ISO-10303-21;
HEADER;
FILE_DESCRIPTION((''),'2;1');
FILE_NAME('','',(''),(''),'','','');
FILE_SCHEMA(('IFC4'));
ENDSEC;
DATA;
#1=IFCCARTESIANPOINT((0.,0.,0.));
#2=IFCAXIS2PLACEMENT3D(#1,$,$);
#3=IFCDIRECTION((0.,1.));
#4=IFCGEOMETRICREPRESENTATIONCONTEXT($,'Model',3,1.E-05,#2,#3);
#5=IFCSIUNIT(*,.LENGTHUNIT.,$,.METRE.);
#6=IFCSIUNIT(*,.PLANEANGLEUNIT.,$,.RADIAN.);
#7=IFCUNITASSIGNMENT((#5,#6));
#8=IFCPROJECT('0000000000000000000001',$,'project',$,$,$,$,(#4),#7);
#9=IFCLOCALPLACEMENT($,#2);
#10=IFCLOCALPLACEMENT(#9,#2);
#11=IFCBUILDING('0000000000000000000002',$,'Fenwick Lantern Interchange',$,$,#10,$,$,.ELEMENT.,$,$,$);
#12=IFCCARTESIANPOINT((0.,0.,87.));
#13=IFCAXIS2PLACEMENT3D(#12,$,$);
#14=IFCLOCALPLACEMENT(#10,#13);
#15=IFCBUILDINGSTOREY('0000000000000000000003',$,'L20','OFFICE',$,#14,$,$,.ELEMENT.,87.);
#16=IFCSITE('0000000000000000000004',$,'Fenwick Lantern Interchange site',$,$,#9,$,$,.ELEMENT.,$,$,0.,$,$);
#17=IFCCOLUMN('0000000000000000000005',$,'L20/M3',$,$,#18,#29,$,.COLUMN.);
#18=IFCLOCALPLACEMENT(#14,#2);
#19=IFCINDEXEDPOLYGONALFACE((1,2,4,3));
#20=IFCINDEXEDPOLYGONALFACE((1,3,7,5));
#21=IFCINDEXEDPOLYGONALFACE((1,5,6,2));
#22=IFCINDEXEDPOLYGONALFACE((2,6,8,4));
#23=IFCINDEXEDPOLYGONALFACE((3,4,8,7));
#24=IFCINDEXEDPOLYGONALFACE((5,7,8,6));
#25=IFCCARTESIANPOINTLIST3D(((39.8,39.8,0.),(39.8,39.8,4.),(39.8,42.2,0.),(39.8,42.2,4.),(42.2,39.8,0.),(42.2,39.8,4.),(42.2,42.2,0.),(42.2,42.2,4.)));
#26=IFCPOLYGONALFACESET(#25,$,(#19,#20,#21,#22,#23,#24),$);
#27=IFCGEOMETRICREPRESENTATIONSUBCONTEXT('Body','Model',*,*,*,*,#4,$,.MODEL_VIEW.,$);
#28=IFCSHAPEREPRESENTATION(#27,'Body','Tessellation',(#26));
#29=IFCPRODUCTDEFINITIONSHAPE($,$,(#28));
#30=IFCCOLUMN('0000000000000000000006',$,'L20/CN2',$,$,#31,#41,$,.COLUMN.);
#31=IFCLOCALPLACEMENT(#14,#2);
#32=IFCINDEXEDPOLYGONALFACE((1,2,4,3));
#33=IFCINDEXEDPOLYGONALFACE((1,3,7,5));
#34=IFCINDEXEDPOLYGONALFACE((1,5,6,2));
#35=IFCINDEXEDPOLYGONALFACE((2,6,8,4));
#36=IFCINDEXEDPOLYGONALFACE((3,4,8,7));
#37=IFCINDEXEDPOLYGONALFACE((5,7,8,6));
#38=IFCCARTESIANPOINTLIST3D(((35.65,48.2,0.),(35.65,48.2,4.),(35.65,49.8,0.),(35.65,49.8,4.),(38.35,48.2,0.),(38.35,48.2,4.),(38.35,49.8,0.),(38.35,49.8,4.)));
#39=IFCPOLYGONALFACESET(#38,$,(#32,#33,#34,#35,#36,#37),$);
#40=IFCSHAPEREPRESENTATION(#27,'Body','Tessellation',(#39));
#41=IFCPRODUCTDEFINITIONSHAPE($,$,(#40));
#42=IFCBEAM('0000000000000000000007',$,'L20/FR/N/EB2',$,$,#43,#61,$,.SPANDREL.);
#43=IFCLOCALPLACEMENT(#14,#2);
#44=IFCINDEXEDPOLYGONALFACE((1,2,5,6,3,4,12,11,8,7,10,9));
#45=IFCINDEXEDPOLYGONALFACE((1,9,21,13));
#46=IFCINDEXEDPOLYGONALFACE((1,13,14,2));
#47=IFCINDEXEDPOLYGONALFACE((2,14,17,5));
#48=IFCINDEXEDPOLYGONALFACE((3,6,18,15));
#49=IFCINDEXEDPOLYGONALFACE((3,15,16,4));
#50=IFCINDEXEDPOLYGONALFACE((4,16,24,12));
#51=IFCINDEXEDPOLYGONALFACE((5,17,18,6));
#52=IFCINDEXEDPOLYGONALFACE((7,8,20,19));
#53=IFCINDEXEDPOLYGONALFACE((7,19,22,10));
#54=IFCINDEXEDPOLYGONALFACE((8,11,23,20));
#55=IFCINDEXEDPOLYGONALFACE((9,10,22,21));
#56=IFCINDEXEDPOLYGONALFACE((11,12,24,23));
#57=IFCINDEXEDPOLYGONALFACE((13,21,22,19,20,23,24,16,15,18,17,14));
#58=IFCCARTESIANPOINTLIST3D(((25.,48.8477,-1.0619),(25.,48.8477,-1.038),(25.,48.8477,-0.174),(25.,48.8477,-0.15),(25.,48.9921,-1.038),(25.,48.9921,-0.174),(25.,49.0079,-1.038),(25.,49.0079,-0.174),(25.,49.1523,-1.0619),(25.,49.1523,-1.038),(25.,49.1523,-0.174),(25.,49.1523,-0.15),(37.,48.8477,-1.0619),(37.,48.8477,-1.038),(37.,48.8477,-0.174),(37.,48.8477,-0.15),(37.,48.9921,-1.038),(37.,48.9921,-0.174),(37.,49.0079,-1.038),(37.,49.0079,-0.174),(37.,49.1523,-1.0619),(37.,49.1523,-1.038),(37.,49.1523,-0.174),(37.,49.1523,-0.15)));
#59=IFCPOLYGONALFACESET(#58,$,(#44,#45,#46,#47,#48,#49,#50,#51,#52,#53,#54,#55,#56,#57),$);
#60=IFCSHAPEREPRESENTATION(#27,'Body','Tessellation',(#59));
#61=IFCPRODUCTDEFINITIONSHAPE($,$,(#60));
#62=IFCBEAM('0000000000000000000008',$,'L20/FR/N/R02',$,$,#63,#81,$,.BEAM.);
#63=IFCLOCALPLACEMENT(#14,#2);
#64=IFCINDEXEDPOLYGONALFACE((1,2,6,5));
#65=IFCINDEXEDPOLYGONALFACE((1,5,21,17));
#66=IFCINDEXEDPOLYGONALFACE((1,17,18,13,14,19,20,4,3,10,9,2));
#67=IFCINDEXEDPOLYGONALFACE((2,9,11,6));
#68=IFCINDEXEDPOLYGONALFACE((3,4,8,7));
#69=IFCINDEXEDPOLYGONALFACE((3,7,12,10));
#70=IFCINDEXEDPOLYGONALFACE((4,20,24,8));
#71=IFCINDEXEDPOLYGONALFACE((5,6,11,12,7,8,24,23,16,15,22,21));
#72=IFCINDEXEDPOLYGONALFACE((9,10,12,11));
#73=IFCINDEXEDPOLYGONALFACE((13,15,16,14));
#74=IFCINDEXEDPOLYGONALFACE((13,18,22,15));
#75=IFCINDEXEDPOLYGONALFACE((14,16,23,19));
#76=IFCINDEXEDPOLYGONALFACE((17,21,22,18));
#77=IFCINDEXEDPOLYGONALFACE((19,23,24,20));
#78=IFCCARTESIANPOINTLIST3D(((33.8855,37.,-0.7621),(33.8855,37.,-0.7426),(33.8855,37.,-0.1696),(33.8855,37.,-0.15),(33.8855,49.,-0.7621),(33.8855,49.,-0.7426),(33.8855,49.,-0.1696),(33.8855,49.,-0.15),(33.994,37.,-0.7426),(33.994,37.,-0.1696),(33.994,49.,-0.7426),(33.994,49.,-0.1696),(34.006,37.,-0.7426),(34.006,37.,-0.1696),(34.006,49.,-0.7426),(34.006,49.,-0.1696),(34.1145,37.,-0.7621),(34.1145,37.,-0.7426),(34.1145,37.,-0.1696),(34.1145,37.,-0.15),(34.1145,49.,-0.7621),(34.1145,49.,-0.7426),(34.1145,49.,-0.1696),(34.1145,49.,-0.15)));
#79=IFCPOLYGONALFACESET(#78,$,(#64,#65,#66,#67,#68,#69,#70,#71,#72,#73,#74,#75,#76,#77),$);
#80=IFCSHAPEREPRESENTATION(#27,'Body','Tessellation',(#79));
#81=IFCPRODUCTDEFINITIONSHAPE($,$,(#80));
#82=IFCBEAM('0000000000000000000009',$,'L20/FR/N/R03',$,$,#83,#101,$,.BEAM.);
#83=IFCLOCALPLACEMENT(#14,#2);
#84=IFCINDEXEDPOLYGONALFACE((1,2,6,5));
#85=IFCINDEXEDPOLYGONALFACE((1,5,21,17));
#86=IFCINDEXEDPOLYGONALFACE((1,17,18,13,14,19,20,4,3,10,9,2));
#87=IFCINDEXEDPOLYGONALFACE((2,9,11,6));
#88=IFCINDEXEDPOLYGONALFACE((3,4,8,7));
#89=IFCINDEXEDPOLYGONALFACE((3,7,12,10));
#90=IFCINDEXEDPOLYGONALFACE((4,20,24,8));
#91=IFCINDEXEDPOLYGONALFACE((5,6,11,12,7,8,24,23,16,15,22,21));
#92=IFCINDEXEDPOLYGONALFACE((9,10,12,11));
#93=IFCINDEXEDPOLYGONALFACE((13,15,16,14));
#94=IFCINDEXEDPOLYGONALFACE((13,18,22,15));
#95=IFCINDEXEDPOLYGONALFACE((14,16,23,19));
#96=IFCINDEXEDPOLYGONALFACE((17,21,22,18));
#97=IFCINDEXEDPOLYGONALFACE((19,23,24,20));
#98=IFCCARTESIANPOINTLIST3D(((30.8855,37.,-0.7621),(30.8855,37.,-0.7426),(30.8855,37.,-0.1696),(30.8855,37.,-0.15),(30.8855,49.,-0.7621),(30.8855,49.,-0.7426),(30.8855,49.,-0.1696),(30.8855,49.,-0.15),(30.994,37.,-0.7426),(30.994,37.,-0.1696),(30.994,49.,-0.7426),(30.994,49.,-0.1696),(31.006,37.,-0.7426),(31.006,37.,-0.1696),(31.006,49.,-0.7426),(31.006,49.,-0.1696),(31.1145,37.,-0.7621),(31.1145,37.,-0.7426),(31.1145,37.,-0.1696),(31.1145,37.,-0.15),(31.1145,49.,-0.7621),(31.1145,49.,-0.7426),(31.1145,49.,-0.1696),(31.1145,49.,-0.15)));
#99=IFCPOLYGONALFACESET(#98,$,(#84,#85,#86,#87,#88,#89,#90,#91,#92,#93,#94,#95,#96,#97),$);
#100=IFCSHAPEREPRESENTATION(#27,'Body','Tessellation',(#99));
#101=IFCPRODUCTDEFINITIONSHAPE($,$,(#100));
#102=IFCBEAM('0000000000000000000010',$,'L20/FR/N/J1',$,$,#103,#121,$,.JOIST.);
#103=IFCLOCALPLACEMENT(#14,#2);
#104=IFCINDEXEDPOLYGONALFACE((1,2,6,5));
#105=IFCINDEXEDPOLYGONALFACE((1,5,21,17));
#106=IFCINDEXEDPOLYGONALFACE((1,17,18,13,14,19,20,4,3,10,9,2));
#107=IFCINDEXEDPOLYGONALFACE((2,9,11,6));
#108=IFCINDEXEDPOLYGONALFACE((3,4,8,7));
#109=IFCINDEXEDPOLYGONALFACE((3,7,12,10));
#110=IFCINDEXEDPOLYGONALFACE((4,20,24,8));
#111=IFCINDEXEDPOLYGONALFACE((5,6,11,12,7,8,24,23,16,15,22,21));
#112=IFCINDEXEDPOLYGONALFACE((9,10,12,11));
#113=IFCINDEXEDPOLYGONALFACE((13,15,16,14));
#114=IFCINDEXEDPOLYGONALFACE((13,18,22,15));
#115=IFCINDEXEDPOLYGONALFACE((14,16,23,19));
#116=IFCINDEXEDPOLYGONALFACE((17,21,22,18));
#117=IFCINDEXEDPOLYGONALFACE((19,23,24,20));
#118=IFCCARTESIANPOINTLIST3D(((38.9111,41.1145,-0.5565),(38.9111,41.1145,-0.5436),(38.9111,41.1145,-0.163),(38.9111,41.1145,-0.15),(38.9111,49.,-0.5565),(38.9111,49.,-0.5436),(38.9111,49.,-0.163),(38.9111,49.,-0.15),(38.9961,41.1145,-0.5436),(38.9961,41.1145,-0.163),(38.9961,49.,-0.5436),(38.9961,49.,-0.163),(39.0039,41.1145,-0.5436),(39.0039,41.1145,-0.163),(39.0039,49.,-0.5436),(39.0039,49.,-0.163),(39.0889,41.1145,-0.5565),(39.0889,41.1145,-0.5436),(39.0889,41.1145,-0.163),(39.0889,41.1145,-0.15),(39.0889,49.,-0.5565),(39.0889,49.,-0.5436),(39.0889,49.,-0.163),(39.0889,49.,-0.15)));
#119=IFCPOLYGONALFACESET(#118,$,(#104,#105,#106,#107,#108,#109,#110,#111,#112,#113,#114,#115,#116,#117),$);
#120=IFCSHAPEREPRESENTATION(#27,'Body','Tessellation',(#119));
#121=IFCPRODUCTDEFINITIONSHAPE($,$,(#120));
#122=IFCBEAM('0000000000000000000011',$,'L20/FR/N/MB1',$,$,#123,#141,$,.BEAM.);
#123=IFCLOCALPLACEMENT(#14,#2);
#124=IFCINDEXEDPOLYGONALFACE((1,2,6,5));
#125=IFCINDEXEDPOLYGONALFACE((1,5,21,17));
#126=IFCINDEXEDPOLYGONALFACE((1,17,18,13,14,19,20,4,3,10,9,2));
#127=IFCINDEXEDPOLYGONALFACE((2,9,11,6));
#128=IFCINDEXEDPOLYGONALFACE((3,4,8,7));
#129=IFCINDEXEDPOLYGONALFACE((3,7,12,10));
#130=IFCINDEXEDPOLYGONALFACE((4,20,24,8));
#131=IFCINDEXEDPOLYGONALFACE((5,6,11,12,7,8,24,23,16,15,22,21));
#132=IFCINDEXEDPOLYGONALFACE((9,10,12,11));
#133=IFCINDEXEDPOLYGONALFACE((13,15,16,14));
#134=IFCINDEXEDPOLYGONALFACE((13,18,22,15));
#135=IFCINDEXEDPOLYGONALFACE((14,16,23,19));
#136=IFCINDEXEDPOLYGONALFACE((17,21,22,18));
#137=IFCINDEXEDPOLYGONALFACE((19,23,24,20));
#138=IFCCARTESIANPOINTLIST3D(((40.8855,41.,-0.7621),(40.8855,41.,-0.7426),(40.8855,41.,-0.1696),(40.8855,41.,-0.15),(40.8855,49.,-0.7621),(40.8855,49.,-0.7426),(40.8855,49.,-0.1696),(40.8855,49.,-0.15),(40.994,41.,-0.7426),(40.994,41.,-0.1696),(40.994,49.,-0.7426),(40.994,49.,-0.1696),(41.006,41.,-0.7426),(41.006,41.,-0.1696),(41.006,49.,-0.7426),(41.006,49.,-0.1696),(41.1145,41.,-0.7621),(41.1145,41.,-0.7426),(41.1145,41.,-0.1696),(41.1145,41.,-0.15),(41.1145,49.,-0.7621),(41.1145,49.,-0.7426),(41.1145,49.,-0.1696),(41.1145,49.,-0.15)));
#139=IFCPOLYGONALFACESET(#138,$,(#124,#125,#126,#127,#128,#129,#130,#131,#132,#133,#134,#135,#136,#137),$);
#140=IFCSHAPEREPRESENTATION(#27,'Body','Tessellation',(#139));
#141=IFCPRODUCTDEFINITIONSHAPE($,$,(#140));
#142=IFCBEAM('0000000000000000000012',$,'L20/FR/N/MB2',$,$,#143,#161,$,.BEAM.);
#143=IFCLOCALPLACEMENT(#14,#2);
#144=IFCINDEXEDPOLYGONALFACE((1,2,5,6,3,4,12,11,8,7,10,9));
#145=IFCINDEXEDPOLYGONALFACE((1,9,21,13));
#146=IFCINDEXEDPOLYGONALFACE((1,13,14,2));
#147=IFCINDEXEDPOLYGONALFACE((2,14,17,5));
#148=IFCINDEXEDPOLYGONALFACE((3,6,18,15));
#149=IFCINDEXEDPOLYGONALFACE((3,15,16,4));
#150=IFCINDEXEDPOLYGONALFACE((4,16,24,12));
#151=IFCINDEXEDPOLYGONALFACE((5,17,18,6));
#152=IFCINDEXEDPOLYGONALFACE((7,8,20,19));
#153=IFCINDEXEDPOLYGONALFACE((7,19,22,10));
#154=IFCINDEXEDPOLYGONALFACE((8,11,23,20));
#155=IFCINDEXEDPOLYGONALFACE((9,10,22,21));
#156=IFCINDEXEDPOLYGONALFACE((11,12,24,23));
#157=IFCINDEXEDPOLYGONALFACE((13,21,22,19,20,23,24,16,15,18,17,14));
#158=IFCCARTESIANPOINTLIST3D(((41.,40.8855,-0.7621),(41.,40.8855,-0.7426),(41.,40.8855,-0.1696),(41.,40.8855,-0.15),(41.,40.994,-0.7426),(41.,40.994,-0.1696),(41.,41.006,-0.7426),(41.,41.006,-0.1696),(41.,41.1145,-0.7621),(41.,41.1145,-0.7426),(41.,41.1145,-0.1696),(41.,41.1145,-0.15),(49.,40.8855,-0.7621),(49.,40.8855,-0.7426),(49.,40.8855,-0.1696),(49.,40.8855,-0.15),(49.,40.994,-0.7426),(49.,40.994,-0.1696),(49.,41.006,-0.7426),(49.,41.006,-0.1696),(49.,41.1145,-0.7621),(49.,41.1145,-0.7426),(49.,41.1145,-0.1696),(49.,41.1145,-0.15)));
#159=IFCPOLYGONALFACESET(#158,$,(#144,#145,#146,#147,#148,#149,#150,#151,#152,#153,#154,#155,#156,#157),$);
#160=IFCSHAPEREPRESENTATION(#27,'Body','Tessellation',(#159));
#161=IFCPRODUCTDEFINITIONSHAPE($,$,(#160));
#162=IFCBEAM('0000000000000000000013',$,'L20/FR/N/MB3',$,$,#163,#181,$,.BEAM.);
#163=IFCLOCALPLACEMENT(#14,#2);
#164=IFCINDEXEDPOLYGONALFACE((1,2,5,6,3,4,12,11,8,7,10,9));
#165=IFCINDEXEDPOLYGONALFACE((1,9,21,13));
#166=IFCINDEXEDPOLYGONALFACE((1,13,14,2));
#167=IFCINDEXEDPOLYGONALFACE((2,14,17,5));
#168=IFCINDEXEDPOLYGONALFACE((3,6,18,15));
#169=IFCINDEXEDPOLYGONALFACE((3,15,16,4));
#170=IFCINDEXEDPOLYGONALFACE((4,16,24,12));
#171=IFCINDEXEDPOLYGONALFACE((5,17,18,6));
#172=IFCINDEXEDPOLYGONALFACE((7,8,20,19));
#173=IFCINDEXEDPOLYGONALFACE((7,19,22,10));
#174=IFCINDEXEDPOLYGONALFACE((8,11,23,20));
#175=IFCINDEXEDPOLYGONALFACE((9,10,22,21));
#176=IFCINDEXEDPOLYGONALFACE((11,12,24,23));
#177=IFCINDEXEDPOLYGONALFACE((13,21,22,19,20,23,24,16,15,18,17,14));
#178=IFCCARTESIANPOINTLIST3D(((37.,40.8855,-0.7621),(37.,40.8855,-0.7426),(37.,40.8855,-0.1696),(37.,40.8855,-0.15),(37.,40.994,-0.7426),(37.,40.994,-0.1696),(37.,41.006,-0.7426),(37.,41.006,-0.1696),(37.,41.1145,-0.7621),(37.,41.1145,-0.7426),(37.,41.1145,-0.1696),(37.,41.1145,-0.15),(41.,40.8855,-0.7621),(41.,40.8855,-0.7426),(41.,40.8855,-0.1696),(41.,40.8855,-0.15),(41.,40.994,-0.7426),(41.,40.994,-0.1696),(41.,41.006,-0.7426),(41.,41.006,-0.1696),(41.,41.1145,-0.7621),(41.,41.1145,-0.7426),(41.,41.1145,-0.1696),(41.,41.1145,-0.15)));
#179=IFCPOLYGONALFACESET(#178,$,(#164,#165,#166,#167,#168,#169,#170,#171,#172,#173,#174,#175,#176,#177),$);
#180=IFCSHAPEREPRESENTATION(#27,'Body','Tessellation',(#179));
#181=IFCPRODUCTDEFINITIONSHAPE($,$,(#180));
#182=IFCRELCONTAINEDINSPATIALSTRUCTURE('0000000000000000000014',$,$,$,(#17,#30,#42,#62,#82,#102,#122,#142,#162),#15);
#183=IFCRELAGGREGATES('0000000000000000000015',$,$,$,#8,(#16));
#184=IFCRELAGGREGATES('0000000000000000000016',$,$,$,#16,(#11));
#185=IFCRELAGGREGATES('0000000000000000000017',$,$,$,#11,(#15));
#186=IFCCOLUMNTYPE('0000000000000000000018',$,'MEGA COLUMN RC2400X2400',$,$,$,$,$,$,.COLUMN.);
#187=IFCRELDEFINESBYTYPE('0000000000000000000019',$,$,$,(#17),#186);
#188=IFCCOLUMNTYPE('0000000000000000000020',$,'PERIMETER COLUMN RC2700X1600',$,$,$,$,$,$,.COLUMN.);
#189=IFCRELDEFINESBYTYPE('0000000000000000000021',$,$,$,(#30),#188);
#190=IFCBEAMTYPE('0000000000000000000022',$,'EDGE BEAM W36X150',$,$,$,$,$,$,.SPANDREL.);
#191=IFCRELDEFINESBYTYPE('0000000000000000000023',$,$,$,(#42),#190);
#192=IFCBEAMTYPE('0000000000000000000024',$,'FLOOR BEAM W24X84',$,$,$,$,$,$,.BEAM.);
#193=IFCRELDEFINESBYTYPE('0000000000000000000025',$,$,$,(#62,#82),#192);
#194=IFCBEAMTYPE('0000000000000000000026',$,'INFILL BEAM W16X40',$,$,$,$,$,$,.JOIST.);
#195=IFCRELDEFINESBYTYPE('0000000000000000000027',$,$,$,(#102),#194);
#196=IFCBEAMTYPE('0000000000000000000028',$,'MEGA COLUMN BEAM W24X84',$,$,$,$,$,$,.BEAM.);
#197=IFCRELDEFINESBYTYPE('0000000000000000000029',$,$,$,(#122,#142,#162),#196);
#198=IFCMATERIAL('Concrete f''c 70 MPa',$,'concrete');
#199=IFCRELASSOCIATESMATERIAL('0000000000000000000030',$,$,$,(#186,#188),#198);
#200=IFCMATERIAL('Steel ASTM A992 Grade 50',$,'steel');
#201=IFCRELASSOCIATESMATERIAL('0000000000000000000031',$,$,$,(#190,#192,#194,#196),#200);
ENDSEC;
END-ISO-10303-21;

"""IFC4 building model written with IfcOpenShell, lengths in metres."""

from ifc_helpers import new_model, si_unit, direction, frame, origin, origin_2d, place, context, subcontext, project, spatial, rectangle, i_section, extrude, material, material_profile, profile_set, type_object, element, save


model = new_model("IFC4")

# Units and contexts
model_context = context("Model", 3, precision=1e-05, world=origin(), true_north=direction((0.0, 1.0)))
body_context = subcontext(model_context, "Body", "Model", "MODEL_VIEW")
ifc_project = project(units=[si_unit("LENGTHUNIT", "METRE"), si_unit("PLANEANGLEUNIT", "RADIAN")], contexts=[model_context])

# Site, building, storey
site_placement = place(None, origin())
site = spatial("IfcSite", under=ifc_project, at=site_placement, Name="Fenwick Lantern Interchange site", CompositionType="ELEMENT", RefElevation=0.0)
building_placement = place(site_placement, origin())
building = spatial("IfcBuilding", under=site, at=building_placement, Name="Fenwick Lantern Interchange", CompositionType="ELEMENT")
storey_placement = place(building_placement, frame((0.0, 0.0, 87.0)))
storey = spatial("IfcBuildingStorey", under=building, at=storey_placement, Name="L20", Description="OFFICE", CompositionType="ELEMENT", Elevation=87.0)

# Columns
ifc_material_1 = material(Name="Concrete f'c 70 MPa", Category="concrete")
ifc_material_profile_1 = material_profile(ifc_material_1, rectangle(XDim=2.3999, YDim=2.3999, at=origin_2d()), Name="RC2400X2400")
ifc_profile_set_1 = profile_set([ifc_material_profile_1], Name="Concrete f'c 70 MPa")
column_type_1 = type_object("IfcColumnType", Name="MEGA COLUMN RC2400X2400", PredefinedType="COLUMN", material=ifc_profile_set_1)
column_1_placement = place(storey_placement, frame((41.0, 41.0, 0.0), z_axis=(0.0, 0.0, 1.0), x_axis=(1.0, 0.0, 0.0)))
element("IfcColumn", 1, at=column_1_placement, inside=storey, type_object=column_type_1, Name="L20/M3", PredefinedType="COLUMN", context=body_context, shape_type="SweptSolid", body=[
    extrude(rectangle(XDim=2.3999, YDim=2.3999, at=origin_2d()), origin(), (0.0, 0.0, 1.0), 4.0),
])
ifc_material_profile_2 = material_profile(ifc_material_1, rectangle(XDim=2.7, YDim=1.6001, at=origin_2d()), Name="RC2700X1600")
ifc_profile_set_2 = profile_set([ifc_material_profile_2], Name="Concrete f'c 70 MPa")
column_type_2 = type_object("IfcColumnType", Name="PERIMETER COLUMN RC2700X1600", PredefinedType="COLUMN", material=ifc_profile_set_2)
column_2_placement = place(storey_placement, frame((37.0, 49.0, 0.0), z_axis=(0.0, 0.0, 1.0), x_axis=(1.0, 0.0, 0.0)))
element("IfcColumn", 2, at=column_2_placement, inside=storey, type_object=column_type_2, Name="L20/CN2", PredefinedType="COLUMN", context=body_context, shape_type="SweptSolid", body=[
    extrude(rectangle(XDim=2.7, YDim=1.6001, at=origin_2d()), origin(), (0.0, 0.0, 1.0), 4.0),
])

# Beams
ifc_material_2 = material(Name="Steel ASTM A992 Grade 50", Category="steel")
ifc_material_profile_3 = material_profile(ifc_material_2, i_section(OverallWidth=0.3047, OverallDepth=0.9119, WebThickness=0.0159, FlangeThickness=0.0239, at=origin_2d()), Name="W36X150")
ifc_profile_set_3 = profile_set([ifc_material_profile_3], Name="Steel ASTM A992 Grade 50")
beam_type_1 = type_object("IfcBeamType", Name="EDGE BEAM W36X150", PredefinedType="SPANDREL", material=ifc_profile_set_3)
beam_1_placement = place(storey_placement, frame((37.0, 49.0, -0.606), z_axis=(-1.0, 0.0, 0.0), x_axis=(0.0, -1.0, 0.0)))
element("IfcBeam", 3, at=beam_1_placement, inside=storey, type_object=beam_type_1, Name="L20/FR/N/EB2", PredefinedType="SPANDREL", context=body_context, shape_type="SweptSolid", body=[
    extrude(i_section(OverallWidth=0.3047, OverallDepth=0.9119, WebThickness=0.0159, FlangeThickness=0.0239, at=origin_2d()), origin(), (0.0, 0.0, 1.0), 12.0),
])
ifc_material_profile_4 = material_profile(ifc_material_2, i_section(OverallWidth=0.229, OverallDepth=0.6121, WebThickness=0.012, FlangeThickness=0.0195, at=origin_2d()), Name="W24X84")
ifc_profile_set_4 = profile_set([ifc_material_profile_4], Name="Steel ASTM A992 Grade 50")
beam_type_2 = type_object("IfcBeamType", Name="FLOOR BEAM W24X84", PredefinedType="BEAM", material=ifc_profile_set_4)
for number, where, z_axis, x_axis, name in (
    (4, (34.0, 49.0, -0.4561), (0.0, -1.0, 0.0), (1.0, 0.0, 0.0), "L20/FR/N/R02"),
    (5, (31.0, 49.0, -0.4561), (0.0, -1.0, 0.0), (1.0, 0.0, 0.0), "L20/FR/N/R03"),
):
    element("IfcBeam", number, at=place(storey_placement, frame(where, z_axis=z_axis, x_axis=x_axis)), inside=storey, type_object=beam_type_2, Name=name, PredefinedType="BEAM", context=body_context, shape_type="SweptSolid", body=[
        extrude(i_section(OverallWidth=0.229, OverallDepth=0.6121, WebThickness=0.012, FlangeThickness=0.0195, at=origin_2d()), origin(), (0.0, 0.0, 1.0), 12.0),
    ])
ifc_material_profile_5 = material_profile(ifc_material_2, i_section(OverallWidth=0.1777, OverallDepth=0.4065, WebThickness=0.0078, FlangeThickness=0.0129, at=origin_2d()), Name="W16X40")
ifc_profile_set_5 = profile_set([ifc_material_profile_5], Name="Steel ASTM A992 Grade 50")
beam_type_3 = type_object("IfcBeamType", Name="INFILL BEAM W16X40", PredefinedType="JOIST", material=ifc_profile_set_5)
beam_2_placement = place(storey_placement, frame((39.0, 49.0, -0.3533), z_axis=(0.0, -1.0, 0.0), x_axis=(1.0, 0.0, 0.0)))
element("IfcBeam", 6, at=beam_2_placement, inside=storey, type_object=beam_type_3, Name="L20/FR/N/J1", PredefinedType="JOIST", context=body_context, shape_type="SweptSolid", body=[
    extrude(i_section(OverallWidth=0.1777, OverallDepth=0.4065, WebThickness=0.0078, FlangeThickness=0.0129, at=origin_2d()), origin(), (0.0, 0.0, 1.0), 7.8855),
])
ifc_material_profile_6 = material_profile(ifc_material_2, i_section(OverallWidth=0.229, OverallDepth=0.6121, WebThickness=0.012, FlangeThickness=0.0195, at=origin_2d()), Name="W24X84")
ifc_profile_set_6 = profile_set([ifc_material_profile_6], Name="Steel ASTM A992 Grade 50")
beam_type_4 = type_object("IfcBeamType", Name="MEGA COLUMN BEAM W24X84", PredefinedType="BEAM", material=ifc_profile_set_6)
for number, where, z_axis, x_axis, name in (
    (7, (41.0, 41.0, -0.4561), (0.0, 1.0, 0.0), (-1.0, 0.0, 0.0), "L20/FR/N/MB1"),
    (8, (41.0, 41.0, -0.4561), (1.0, 0.0, 0.0), (0.0, 1.0, 0.0), "L20/FR/N/MB2"),
):
    element("IfcBeam", number, at=place(storey_placement, frame(where, z_axis=z_axis, x_axis=x_axis)), inside=storey, type_object=beam_type_4, Name=name, PredefinedType="BEAM", context=body_context, shape_type="SweptSolid", body=[
        extrude(i_section(OverallWidth=0.229, OverallDepth=0.6121, WebThickness=0.012, FlangeThickness=0.0195, at=origin_2d()), origin(), (0.0, 0.0, 1.0), 8.0),
    ])
for number, where, z_axis, x_axis, name in (
    (9, (41.0, 41.0, -0.4561), (-1.0, 0.0, 0.0), (0.0, -1.0, 0.0), "L20/FR/N/MB3"),
):
    element("IfcBeam", number, at=place(storey_placement, frame(where, z_axis=z_axis, x_axis=x_axis)), inside=storey, type_object=beam_type_4, Name=name, PredefinedType="BEAM", context=body_context, shape_type="SweptSolid", body=[
        extrude(i_section(OverallWidth=0.229, OverallDepth=0.6121, WebThickness=0.012, FlangeThickness=0.0195, at=origin_2d()), origin(), (0.0, 0.0, 1.0), 4.0),
    ])

save(model, "model.ifc")
